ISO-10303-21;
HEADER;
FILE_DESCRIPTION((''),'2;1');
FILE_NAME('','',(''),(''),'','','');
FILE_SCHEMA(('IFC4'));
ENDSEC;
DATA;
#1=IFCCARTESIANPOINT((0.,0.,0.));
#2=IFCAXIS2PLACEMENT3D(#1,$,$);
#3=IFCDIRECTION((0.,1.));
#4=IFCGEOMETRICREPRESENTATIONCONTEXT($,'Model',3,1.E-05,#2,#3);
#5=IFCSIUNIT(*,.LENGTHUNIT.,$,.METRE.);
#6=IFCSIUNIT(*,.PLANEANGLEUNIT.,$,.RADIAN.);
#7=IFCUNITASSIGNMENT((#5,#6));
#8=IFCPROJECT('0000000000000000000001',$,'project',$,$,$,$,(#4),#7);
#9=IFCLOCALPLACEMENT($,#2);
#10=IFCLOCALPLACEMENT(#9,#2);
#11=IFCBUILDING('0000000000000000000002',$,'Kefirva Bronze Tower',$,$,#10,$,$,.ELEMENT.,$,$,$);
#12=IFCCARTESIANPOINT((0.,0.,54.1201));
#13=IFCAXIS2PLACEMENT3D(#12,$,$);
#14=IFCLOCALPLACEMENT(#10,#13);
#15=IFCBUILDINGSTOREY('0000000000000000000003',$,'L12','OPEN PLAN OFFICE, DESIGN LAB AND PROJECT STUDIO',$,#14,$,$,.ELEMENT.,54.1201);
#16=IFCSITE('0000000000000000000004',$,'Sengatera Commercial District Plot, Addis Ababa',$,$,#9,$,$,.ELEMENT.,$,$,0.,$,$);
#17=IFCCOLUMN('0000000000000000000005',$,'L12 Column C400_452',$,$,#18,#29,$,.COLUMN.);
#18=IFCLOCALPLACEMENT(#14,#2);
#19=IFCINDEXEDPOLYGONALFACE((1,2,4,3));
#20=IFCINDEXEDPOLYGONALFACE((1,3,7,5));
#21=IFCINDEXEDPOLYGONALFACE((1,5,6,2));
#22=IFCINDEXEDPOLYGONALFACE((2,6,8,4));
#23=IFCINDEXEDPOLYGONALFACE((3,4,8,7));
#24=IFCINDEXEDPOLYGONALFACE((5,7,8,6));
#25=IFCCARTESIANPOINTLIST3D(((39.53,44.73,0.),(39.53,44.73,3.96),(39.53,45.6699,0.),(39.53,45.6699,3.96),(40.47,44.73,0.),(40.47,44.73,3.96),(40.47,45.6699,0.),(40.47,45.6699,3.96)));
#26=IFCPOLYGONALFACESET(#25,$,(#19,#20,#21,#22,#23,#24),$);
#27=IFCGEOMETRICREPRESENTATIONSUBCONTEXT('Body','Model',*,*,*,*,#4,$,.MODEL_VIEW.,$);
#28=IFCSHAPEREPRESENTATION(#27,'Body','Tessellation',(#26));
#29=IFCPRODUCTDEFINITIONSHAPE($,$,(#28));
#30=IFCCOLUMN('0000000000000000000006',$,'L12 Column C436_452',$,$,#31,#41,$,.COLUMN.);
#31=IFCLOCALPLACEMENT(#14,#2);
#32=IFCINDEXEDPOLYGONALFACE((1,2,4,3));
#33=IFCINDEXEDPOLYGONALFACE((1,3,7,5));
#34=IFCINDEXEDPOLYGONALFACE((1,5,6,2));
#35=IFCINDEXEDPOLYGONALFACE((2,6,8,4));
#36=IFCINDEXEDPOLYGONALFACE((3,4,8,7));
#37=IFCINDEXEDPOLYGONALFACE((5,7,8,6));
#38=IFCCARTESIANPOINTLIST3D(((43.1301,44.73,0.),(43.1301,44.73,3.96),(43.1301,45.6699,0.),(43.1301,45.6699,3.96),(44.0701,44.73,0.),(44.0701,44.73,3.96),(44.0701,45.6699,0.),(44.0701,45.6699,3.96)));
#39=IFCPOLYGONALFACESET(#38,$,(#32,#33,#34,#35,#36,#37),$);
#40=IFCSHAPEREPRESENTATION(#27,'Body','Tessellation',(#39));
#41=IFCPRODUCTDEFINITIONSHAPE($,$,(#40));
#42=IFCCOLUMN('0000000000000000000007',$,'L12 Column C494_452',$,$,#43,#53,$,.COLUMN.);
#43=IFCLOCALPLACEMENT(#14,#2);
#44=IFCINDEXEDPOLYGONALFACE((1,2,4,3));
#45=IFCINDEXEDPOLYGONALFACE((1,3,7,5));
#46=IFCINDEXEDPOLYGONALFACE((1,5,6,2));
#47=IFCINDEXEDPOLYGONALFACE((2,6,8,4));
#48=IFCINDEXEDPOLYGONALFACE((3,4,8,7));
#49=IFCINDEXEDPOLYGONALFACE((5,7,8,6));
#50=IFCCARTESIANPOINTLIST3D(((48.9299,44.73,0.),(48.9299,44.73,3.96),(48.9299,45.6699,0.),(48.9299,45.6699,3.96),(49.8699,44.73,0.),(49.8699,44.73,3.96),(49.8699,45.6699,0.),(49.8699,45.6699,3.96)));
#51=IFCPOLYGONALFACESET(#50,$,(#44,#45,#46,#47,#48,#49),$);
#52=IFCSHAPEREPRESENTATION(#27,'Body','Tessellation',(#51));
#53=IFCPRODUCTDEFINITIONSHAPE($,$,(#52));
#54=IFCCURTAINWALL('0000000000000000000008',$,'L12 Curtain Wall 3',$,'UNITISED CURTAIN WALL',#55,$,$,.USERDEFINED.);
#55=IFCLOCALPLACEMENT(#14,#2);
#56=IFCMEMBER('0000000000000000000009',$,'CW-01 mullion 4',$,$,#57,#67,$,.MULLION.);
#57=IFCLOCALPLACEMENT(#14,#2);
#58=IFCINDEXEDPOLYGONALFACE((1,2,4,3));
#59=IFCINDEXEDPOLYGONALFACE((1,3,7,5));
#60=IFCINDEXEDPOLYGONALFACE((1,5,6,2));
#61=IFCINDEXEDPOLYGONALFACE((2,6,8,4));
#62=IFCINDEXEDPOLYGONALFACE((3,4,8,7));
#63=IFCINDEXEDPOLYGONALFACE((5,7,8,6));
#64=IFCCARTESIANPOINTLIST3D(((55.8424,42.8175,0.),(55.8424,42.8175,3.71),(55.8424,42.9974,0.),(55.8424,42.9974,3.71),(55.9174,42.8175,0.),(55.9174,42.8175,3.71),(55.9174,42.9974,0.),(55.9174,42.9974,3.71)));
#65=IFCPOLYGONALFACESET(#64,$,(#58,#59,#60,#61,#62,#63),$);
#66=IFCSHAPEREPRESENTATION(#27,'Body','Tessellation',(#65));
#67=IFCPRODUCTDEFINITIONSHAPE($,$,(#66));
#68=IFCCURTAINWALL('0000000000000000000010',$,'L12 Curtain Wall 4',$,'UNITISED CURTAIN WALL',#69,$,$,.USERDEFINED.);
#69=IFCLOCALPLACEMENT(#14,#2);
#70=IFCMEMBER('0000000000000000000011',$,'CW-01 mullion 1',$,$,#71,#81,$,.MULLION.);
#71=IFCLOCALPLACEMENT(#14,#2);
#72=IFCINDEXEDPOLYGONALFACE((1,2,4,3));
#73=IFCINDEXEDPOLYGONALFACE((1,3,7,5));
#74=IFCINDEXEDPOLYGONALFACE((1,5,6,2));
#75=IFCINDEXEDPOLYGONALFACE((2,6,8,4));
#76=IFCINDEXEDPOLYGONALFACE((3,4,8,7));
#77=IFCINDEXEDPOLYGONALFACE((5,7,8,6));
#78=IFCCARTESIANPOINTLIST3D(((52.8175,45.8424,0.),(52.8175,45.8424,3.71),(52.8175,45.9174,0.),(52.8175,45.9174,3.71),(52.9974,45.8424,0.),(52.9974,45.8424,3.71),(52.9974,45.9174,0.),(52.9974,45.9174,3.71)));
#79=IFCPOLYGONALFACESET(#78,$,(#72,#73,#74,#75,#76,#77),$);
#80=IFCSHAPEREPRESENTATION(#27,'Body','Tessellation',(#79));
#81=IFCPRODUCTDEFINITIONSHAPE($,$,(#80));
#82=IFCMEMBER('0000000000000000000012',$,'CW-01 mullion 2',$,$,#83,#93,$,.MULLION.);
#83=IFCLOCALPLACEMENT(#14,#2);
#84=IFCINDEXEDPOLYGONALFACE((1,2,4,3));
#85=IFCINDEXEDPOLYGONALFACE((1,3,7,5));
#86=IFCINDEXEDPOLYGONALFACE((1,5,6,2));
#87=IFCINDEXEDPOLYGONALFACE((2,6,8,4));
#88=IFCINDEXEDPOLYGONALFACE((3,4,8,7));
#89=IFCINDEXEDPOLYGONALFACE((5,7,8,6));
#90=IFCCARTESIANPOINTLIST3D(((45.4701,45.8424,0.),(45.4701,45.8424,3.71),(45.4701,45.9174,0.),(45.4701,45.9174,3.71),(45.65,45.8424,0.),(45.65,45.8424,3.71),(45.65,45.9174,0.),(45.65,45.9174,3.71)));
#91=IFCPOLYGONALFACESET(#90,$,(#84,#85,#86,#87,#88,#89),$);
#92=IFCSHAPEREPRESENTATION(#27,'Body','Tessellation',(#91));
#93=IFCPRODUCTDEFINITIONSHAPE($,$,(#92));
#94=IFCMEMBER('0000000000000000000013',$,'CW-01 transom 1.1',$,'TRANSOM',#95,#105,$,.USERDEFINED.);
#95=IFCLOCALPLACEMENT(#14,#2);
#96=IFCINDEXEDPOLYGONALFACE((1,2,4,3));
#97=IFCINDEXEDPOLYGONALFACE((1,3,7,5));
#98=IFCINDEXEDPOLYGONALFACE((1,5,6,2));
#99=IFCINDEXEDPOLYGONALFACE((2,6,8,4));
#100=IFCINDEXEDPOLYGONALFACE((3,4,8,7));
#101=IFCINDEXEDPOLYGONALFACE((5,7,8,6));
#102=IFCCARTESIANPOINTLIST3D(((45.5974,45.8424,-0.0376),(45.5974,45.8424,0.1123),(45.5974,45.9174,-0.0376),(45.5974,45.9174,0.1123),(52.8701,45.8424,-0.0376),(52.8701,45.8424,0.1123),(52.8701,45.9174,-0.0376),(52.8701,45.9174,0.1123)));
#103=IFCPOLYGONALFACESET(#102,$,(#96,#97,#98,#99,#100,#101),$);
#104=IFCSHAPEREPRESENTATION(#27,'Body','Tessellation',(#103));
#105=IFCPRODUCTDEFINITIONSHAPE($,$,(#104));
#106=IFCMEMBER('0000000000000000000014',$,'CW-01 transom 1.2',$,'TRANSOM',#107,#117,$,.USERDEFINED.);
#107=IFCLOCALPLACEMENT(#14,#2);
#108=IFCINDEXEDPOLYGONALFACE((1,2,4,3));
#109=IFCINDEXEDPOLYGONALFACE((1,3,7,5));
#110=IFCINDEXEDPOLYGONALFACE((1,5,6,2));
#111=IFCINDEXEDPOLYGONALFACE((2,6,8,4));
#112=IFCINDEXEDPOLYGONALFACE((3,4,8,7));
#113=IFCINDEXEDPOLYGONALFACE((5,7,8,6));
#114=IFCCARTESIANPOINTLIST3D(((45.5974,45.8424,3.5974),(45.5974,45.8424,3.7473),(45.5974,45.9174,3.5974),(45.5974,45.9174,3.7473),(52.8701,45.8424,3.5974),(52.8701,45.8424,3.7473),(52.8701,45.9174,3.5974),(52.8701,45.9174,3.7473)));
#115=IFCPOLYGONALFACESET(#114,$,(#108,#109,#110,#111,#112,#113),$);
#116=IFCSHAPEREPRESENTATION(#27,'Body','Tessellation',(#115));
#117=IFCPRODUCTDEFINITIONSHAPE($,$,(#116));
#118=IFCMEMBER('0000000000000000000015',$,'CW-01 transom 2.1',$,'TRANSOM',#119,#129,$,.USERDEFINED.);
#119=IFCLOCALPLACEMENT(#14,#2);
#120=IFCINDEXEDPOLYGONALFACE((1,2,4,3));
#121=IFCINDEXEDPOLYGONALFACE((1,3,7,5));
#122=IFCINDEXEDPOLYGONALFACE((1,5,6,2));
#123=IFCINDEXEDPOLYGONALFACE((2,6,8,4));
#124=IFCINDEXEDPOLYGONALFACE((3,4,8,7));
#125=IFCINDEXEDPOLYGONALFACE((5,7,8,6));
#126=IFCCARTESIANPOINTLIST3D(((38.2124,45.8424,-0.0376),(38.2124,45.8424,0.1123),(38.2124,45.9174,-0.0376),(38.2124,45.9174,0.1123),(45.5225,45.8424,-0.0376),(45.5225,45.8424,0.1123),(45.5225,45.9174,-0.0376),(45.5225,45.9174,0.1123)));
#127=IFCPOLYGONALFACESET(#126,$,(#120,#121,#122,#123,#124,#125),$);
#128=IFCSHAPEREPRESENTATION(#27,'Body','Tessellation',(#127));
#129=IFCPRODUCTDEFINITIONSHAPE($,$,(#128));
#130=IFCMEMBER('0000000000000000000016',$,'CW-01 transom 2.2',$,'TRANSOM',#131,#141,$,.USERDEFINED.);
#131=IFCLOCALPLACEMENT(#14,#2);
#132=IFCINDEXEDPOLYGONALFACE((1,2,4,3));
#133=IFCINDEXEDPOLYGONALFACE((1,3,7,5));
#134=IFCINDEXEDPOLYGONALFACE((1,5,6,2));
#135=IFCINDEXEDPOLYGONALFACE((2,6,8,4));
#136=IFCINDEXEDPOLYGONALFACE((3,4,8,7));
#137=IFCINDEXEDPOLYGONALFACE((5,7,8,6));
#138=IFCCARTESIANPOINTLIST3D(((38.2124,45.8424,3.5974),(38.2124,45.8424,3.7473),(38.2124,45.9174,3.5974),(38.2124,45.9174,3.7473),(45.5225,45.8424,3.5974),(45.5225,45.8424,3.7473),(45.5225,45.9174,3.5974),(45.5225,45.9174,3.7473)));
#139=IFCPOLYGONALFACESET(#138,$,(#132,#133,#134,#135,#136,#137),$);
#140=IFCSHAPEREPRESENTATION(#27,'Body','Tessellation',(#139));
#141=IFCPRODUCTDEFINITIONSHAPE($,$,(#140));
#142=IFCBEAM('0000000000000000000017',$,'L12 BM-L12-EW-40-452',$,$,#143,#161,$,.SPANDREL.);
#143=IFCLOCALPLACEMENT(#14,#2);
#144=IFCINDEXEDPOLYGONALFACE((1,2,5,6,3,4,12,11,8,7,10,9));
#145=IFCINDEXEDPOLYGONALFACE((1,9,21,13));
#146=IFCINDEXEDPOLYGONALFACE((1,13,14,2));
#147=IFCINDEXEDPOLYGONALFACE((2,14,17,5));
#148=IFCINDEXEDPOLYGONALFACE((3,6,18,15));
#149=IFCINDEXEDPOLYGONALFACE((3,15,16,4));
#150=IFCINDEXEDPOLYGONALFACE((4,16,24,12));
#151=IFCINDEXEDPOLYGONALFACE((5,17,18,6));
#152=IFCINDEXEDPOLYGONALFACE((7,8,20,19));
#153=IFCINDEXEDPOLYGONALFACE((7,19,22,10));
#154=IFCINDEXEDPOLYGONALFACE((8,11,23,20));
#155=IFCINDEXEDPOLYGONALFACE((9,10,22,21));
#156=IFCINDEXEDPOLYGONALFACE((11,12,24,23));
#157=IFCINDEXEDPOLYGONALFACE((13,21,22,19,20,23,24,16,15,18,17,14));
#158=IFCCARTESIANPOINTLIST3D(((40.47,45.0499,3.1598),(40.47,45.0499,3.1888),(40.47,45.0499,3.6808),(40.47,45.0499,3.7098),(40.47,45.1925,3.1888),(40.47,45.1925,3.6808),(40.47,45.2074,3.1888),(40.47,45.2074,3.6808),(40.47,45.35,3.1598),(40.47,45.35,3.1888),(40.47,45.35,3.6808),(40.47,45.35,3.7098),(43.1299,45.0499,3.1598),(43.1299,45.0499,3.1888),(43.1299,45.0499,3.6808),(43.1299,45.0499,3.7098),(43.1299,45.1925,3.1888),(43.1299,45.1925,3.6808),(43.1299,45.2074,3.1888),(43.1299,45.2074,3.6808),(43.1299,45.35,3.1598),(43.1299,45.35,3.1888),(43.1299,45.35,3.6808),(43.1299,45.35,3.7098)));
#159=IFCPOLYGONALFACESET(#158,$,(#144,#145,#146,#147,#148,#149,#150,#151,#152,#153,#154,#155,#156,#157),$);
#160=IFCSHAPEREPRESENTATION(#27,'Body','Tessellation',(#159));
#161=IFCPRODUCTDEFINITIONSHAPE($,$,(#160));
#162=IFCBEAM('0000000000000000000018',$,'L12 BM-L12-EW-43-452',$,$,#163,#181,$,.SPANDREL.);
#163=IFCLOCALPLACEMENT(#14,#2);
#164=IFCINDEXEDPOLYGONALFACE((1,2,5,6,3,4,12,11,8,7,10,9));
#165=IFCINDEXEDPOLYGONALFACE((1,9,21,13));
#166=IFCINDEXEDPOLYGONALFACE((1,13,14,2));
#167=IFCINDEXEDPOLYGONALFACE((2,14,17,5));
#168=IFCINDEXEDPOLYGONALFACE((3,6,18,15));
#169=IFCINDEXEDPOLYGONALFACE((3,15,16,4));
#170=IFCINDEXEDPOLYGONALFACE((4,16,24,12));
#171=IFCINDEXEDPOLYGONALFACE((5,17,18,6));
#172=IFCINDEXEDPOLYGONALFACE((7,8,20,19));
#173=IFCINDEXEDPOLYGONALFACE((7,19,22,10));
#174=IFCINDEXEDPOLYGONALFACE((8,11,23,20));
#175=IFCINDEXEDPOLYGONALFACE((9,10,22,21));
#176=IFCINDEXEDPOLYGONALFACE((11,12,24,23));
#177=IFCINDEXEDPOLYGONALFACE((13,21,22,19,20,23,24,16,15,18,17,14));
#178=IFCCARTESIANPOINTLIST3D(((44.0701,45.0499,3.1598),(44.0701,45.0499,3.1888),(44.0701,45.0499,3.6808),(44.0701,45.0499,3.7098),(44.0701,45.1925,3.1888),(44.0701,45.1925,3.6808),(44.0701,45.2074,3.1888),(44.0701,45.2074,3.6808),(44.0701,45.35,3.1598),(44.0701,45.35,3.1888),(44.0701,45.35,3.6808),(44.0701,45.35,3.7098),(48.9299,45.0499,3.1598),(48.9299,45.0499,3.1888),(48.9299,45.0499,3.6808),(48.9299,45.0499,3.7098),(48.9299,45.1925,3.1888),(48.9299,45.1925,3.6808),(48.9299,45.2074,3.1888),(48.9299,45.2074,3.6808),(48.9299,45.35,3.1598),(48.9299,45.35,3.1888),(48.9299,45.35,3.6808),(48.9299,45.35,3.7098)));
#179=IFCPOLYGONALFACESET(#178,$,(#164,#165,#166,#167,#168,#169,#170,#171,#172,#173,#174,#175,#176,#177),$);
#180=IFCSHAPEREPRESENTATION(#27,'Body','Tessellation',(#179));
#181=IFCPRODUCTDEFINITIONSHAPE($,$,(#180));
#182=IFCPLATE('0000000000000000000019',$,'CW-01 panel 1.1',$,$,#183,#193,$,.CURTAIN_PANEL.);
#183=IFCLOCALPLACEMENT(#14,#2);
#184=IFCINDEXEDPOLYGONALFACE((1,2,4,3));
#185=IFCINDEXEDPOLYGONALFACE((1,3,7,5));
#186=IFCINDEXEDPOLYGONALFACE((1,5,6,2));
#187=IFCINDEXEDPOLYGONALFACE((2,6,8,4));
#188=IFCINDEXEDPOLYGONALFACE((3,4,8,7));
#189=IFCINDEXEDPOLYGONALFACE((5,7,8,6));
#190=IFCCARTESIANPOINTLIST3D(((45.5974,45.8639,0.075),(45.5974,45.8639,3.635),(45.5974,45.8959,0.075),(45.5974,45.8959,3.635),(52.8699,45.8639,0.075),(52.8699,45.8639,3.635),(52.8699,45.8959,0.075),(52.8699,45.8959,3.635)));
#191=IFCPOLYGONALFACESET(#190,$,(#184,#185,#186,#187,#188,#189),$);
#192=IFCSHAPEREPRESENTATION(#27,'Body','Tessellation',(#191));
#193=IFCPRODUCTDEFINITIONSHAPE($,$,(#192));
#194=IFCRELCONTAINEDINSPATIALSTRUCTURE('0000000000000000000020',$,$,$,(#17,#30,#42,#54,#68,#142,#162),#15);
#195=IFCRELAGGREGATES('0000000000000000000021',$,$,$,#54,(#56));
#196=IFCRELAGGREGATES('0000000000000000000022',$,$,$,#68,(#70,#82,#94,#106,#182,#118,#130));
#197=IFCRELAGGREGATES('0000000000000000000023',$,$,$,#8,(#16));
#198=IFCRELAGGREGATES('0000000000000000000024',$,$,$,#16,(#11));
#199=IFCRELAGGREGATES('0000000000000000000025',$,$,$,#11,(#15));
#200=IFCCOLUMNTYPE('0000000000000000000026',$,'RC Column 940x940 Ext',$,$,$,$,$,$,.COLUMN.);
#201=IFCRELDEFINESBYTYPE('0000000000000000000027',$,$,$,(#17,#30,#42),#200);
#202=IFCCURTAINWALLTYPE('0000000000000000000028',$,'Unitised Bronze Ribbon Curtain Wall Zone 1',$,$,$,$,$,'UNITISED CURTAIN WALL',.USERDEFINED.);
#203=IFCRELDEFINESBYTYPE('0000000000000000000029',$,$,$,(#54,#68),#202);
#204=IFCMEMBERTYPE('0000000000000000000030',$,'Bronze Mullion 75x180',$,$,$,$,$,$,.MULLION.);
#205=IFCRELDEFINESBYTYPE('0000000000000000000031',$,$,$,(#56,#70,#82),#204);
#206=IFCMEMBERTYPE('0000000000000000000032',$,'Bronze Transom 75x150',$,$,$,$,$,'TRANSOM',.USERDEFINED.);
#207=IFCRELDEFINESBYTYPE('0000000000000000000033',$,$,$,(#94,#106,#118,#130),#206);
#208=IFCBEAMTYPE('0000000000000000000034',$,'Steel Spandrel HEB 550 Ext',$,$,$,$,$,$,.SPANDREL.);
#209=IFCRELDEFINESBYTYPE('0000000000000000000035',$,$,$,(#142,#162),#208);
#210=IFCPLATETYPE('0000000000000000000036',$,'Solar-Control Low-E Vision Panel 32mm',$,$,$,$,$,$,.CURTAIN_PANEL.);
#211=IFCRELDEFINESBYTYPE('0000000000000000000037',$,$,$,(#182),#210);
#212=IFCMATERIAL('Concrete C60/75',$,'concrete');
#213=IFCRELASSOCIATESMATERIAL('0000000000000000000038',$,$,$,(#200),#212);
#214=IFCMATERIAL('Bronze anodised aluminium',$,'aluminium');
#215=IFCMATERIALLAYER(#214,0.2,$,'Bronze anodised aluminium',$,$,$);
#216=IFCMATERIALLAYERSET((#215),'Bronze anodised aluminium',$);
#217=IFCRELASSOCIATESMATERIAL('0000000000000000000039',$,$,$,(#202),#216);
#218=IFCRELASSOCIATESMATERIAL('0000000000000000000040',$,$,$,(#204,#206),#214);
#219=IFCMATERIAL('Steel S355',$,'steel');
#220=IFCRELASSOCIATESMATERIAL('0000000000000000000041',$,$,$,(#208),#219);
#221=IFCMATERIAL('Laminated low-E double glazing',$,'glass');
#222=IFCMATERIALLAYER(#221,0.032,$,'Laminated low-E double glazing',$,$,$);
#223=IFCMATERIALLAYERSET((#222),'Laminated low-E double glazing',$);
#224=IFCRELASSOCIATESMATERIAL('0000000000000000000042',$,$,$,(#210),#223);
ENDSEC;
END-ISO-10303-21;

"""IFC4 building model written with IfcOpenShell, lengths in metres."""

from ifc_helpers import new_model, si_unit, direction, frame, origin, origin_2d, place, context, subcontext, project, spatial, rectangle, i_section, extrude, material, layer, layer_set, material_profile, profile_set, type_object, element, aggregate, save


model = new_model("IFC4")

# Units and contexts
model_context = context("Model", 3, precision=1e-05, world=origin(), true_north=direction((0.0, 1.0)))
body_context = subcontext(model_context, "Body", "Model", "MODEL_VIEW")
ifc_project = project(units=[si_unit("LENGTHUNIT", "METRE"), si_unit("PLANEANGLEUNIT", "RADIAN")], contexts=[model_context])

# Site, building, storey
site_placement = place(None, origin())
site = spatial("IfcSite", under=ifc_project, at=site_placement, Name="Sengatera Commercial District Plot, Addis Ababa", CompositionType="ELEMENT", RefElevation=0.0)
building_placement = place(site_placement, origin())
building = spatial("IfcBuilding", under=site, at=building_placement, Name="Kefirva Bronze Tower", CompositionType="ELEMENT")
storey_placement = place(building_placement, frame((0.0, 0.0, 54.1201)))
storey = spatial("IfcBuildingStorey", under=building, at=storey_placement, Name="L12", Description="OPEN PLAN OFFICE, DESIGN LAB AND PROJECT STUDIO", CompositionType="ELEMENT", Elevation=54.1201)

# Columns
ifc_material_1 = material(Name="Concrete C60/75", Category="concrete")
ifc_material_profile_1 = material_profile(ifc_material_1, rectangle(XDim=0.9399, YDim=0.9399, at=origin_2d()), Name="RC 940x940")
ifc_profile_set_1 = profile_set([ifc_material_profile_1], Name="Concrete C60/75")
column_type = type_object("IfcColumnType", Name="RC Column 940x940 Ext", PredefinedType="COLUMN", material=ifc_profile_set_1)
for number, where, z_axis, x_axis, name in (
    (1, (40.0, 45.2, 0.0), (0.0, 0.0, 1.0), (1.0, 0.0, 0.0), "L12 Column C400_452"),
    (2, (43.6001, 45.2, 0.0), (0.0, 0.0, 1.0), (1.0, 0.0, 0.0), "L12 Column C436_452"),
    (3, (49.3999, 45.2, 0.0), (0.0, 0.0, 1.0), (1.0, 0.0, 0.0), "L12 Column C494_452"),
):
    element("IfcColumn", number, at=place(storey_placement, frame(where, z_axis=z_axis, x_axis=x_axis)), inside=storey, type_object=column_type, Name=name, PredefinedType="COLUMN", context=body_context, shape_type="SweptSolid", body=[
        extrude(rectangle(XDim=0.9399, YDim=0.9399, at=origin_2d()), origin(), (0.0, 0.0, 1.0), 3.96),
    ])

# Curtain wall, member
ifc_material_2 = material(Name="Bronze anodised aluminium", Category="aluminium")
ifc_layer_1 = layer(ifc_material_2, 0.2, Name="Bronze anodised aluminium")
ifc_layer_set_1 = layer_set([ifc_layer_1], Name="Bronze anodised aluminium")
curtain_wall_type = type_object("IfcCurtainWallType", Name="Unitised Bronze Ribbon Curtain Wall Zone 1", ElementType="UNITISED CURTAIN WALL", PredefinedType="USERDEFINED", material=ifc_layer_set_1)
curtain_wall_1_placement = place(storey_placement, origin())
curtain_wall_1 = element("IfcCurtainWall", 4, at=curtain_wall_1_placement, inside=storey, type_object=curtain_wall_type, Name="L12 Curtain Wall 3", ObjectType="UNITISED CURTAIN WALL", PredefinedType="USERDEFINED")
ifc_material_profile_2 = material_profile(ifc_material_2, rectangle(XDim=0.075, YDim=0.1799, at=origin_2d()), Name="ALU 75x180")
ifc_profile_set_2 = profile_set([ifc_material_profile_2], Name="Bronze anodised aluminium")
member_type_1 = type_object("IfcMemberType", Name="Bronze Mullion 75x180", PredefinedType="MULLION", material=ifc_profile_set_2)
member_1_placement = place(storey_placement, frame((55.8799, 42.9075, 0.0), z_axis=(0.0, 0.0, 1.0), x_axis=(-1.0, 0.0, 0.0)))
member_1 = element("IfcMember", 5, at=member_1_placement, type_object=member_type_1, Name="CW-01 mullion 4", PredefinedType="MULLION", context=body_context, shape_type="SweptSolid", body=[
    extrude(rectangle(XDim=0.075, YDim=0.1799, at=origin_2d()), origin(), (0.0, 0.0, 1.0), 3.71),
])
aggregate(curtain_wall_1, [member_1])

# Curtain wall, members
curtain_wall_2_placement = place(storey_placement, origin())
curtain_wall_2 = element("IfcCurtainWall", 6, at=curtain_wall_2_placement, inside=storey, type_object=curtain_wall_type, Name="L12 Curtain Wall 4", ObjectType="UNITISED CURTAIN WALL", PredefinedType="USERDEFINED")
member_2_placement = place(storey_placement, frame((52.9075, 45.8799, 0.0), z_axis=(0.0, 0.0, 1.0), x_axis=(0.0, -1.0, 0.0)))
member_2 = element("IfcMember", 7, at=member_2_placement, type_object=member_type_1, Name="CW-01 mullion 1", PredefinedType="MULLION", context=body_context, shape_type="SweptSolid", body=[
    extrude(rectangle(XDim=0.075, YDim=0.1799, at=origin_2d()), origin(), (0.0, 0.0, 1.0), 3.71),
])
member_3_placement = place(storey_placement, frame((45.5601, 45.8799, 0.0), z_axis=(0.0, 0.0, 1.0), x_axis=(0.0, -1.0, 0.0)))
member_3 = element("IfcMember", 8, at=member_3_placement, type_object=member_type_1, Name="CW-01 mullion 2", PredefinedType="MULLION", context=body_context, shape_type="SweptSolid", body=[
    extrude(rectangle(XDim=0.075, YDim=0.1799, at=origin_2d()), origin(), (0.0, 0.0, 1.0), 3.71),
])
ifc_material_profile_3 = material_profile(ifc_material_2, rectangle(XDim=0.075, YDim=0.1499, at=origin_2d()), Name="ALU 75x150")
ifc_profile_set_3 = profile_set([ifc_material_profile_3], Name="Bronze anodised aluminium")
member_type_2 = type_object("IfcMemberType", Name="Bronze Transom 75x150", ElementType="TRANSOM", PredefinedType="USERDEFINED", material=ifc_profile_set_3)
member_4_placement = place(storey_placement, frame((52.8701, 45.8799, 0.0374), z_axis=(-1.0, 0.0, 0.0), x_axis=(0.0, -1.0, 0.0)))
member_4 = element("IfcMember", 9, at=member_4_placement, type_object=member_type_2, Name="CW-01 transom 1.1", ObjectType="TRANSOM", PredefinedType="USERDEFINED", context=body_context, shape_type="SweptSolid", body=[
    extrude(rectangle(XDim=0.075, YDim=0.1499, at=origin_2d()), origin(), (0.0, 0.0, 1.0), 7.2727),
])
member_5_placement = place(storey_placement, frame((52.8701, 45.8799, 3.6724), z_axis=(-1.0, 0.0, 0.0), x_axis=(0.0, -1.0, 0.0)))
member_5 = element("IfcMember", 10, at=member_5_placement, type_object=member_type_2, Name="CW-01 transom 1.2", ObjectType="TRANSOM", PredefinedType="USERDEFINED", context=body_context, shape_type="SweptSolid", body=[
    extrude(rectangle(XDim=0.075, YDim=0.1499, at=origin_2d()), origin(), (0.0, 0.0, 1.0), 7.2727),
])
member_6_placement = place(storey_placement, frame((45.5225, 45.8799, 0.0374), z_axis=(-1.0, 0.0, 0.0), x_axis=(0.0, -1.0, 0.0)))
member_6 = element("IfcMember", 11, at=member_6_placement, type_object=member_type_2, Name="CW-01 transom 2.1", ObjectType="TRANSOM", PredefinedType="USERDEFINED", context=body_context, shape_type="SweptSolid", body=[
    extrude(rectangle(XDim=0.075, YDim=0.1499, at=origin_2d()), origin(), (0.0, 0.0, 1.0), 7.3101),
])
member_7_placement = place(storey_placement, frame((45.5225, 45.8799, 3.6724), z_axis=(-1.0, 0.0, 0.0), x_axis=(0.0, -1.0, 0.0)))
member_7 = element("IfcMember", 12, at=member_7_placement, type_object=member_type_2, Name="CW-01 transom 2.2", ObjectType="TRANSOM", PredefinedType="USERDEFINED", context=body_context, shape_type="SweptSolid", body=[
    extrude(rectangle(XDim=0.075, YDim=0.1499, at=origin_2d()), origin(), (0.0, 0.0, 1.0), 7.3101),
])

# Beams
ifc_material_3 = material(Name="Steel S355", Category="steel")
ifc_material_profile_4 = material_profile(ifc_material_3, i_section(OverallWidth=0.3, OverallDepth=0.55, WebThickness=0.0149, FlangeThickness=0.0291, at=origin_2d()), Name="HEB 550")
ifc_profile_set_4 = profile_set([ifc_material_profile_4], Name="Steel S355")
beam_type = type_object("IfcBeamType", Name="Steel Spandrel HEB 550 Ext", PredefinedType="SPANDREL", material=ifc_profile_set_4)
beam_1_placement = place(storey_placement, frame((40.47, 45.2, 3.4348), z_axis=(1.0, 0.0, 0.0), x_axis=(0.0, 1.0, 0.0)))
element("IfcBeam", 13, at=beam_1_placement, inside=storey, type_object=beam_type, Name="L12 BM-L12-EW-40-452", PredefinedType="SPANDREL", context=body_context, shape_type="SweptSolid", body=[
    extrude(i_section(OverallWidth=0.3, OverallDepth=0.55, WebThickness=0.0149, FlangeThickness=0.0291, at=origin_2d()), origin(), (0.0, 0.0, 1.0), 2.6599),
])
beam_2_placement = place(storey_placement, frame((44.0701, 45.2, 3.4348), z_axis=(1.0, 0.0, 0.0), x_axis=(0.0, 1.0, 0.0)))
element("IfcBeam", 14, at=beam_2_placement, inside=storey, type_object=beam_type, Name="L12 BM-L12-EW-43-452", PredefinedType="SPANDREL", context=body_context, shape_type="SweptSolid", body=[
    extrude(i_section(OverallWidth=0.3, OverallDepth=0.55, WebThickness=0.0149, FlangeThickness=0.0291, at=origin_2d()), origin(), (0.0, 0.0, 1.0), 4.8599),
])

# Plate
ifc_material_4 = material(Name="Laminated low-E double glazing", Category="glass")
ifc_layer_2 = layer(ifc_material_4, 0.032, Name="Laminated low-E double glazing")
ifc_layer_set_2 = layer_set([ifc_layer_2], Name="Laminated low-E double glazing")
plate_type = type_object("IfcPlateType", Name="Solar-Control Low-E Vision Panel 32mm", PredefinedType="CURTAIN_PANEL", material=ifc_layer_set_2)
plate_1_placement = place(storey_placement, frame((49.2336, 45.8799, 0.075), z_axis=(0.0, 0.0, 1.0), x_axis=(-1.0, 0.0, 0.0)))
plate_1 = element("IfcPlate", 15, at=plate_1_placement, type_object=plate_type, Name="CW-01 panel 1.1", PredefinedType="CURTAIN_PANEL", context=body_context, shape_type="SweptSolid", body=[
    extrude(rectangle(XDim=7.2725, YDim=0.032, at=origin_2d()), origin(), (0.0, 0.0, 1.0), 3.5601),
])
aggregate(curtain_wall_2, [member_2, member_3, member_4, member_5, plate_1, member_6, member_7])

save(model, "model.ifc")
